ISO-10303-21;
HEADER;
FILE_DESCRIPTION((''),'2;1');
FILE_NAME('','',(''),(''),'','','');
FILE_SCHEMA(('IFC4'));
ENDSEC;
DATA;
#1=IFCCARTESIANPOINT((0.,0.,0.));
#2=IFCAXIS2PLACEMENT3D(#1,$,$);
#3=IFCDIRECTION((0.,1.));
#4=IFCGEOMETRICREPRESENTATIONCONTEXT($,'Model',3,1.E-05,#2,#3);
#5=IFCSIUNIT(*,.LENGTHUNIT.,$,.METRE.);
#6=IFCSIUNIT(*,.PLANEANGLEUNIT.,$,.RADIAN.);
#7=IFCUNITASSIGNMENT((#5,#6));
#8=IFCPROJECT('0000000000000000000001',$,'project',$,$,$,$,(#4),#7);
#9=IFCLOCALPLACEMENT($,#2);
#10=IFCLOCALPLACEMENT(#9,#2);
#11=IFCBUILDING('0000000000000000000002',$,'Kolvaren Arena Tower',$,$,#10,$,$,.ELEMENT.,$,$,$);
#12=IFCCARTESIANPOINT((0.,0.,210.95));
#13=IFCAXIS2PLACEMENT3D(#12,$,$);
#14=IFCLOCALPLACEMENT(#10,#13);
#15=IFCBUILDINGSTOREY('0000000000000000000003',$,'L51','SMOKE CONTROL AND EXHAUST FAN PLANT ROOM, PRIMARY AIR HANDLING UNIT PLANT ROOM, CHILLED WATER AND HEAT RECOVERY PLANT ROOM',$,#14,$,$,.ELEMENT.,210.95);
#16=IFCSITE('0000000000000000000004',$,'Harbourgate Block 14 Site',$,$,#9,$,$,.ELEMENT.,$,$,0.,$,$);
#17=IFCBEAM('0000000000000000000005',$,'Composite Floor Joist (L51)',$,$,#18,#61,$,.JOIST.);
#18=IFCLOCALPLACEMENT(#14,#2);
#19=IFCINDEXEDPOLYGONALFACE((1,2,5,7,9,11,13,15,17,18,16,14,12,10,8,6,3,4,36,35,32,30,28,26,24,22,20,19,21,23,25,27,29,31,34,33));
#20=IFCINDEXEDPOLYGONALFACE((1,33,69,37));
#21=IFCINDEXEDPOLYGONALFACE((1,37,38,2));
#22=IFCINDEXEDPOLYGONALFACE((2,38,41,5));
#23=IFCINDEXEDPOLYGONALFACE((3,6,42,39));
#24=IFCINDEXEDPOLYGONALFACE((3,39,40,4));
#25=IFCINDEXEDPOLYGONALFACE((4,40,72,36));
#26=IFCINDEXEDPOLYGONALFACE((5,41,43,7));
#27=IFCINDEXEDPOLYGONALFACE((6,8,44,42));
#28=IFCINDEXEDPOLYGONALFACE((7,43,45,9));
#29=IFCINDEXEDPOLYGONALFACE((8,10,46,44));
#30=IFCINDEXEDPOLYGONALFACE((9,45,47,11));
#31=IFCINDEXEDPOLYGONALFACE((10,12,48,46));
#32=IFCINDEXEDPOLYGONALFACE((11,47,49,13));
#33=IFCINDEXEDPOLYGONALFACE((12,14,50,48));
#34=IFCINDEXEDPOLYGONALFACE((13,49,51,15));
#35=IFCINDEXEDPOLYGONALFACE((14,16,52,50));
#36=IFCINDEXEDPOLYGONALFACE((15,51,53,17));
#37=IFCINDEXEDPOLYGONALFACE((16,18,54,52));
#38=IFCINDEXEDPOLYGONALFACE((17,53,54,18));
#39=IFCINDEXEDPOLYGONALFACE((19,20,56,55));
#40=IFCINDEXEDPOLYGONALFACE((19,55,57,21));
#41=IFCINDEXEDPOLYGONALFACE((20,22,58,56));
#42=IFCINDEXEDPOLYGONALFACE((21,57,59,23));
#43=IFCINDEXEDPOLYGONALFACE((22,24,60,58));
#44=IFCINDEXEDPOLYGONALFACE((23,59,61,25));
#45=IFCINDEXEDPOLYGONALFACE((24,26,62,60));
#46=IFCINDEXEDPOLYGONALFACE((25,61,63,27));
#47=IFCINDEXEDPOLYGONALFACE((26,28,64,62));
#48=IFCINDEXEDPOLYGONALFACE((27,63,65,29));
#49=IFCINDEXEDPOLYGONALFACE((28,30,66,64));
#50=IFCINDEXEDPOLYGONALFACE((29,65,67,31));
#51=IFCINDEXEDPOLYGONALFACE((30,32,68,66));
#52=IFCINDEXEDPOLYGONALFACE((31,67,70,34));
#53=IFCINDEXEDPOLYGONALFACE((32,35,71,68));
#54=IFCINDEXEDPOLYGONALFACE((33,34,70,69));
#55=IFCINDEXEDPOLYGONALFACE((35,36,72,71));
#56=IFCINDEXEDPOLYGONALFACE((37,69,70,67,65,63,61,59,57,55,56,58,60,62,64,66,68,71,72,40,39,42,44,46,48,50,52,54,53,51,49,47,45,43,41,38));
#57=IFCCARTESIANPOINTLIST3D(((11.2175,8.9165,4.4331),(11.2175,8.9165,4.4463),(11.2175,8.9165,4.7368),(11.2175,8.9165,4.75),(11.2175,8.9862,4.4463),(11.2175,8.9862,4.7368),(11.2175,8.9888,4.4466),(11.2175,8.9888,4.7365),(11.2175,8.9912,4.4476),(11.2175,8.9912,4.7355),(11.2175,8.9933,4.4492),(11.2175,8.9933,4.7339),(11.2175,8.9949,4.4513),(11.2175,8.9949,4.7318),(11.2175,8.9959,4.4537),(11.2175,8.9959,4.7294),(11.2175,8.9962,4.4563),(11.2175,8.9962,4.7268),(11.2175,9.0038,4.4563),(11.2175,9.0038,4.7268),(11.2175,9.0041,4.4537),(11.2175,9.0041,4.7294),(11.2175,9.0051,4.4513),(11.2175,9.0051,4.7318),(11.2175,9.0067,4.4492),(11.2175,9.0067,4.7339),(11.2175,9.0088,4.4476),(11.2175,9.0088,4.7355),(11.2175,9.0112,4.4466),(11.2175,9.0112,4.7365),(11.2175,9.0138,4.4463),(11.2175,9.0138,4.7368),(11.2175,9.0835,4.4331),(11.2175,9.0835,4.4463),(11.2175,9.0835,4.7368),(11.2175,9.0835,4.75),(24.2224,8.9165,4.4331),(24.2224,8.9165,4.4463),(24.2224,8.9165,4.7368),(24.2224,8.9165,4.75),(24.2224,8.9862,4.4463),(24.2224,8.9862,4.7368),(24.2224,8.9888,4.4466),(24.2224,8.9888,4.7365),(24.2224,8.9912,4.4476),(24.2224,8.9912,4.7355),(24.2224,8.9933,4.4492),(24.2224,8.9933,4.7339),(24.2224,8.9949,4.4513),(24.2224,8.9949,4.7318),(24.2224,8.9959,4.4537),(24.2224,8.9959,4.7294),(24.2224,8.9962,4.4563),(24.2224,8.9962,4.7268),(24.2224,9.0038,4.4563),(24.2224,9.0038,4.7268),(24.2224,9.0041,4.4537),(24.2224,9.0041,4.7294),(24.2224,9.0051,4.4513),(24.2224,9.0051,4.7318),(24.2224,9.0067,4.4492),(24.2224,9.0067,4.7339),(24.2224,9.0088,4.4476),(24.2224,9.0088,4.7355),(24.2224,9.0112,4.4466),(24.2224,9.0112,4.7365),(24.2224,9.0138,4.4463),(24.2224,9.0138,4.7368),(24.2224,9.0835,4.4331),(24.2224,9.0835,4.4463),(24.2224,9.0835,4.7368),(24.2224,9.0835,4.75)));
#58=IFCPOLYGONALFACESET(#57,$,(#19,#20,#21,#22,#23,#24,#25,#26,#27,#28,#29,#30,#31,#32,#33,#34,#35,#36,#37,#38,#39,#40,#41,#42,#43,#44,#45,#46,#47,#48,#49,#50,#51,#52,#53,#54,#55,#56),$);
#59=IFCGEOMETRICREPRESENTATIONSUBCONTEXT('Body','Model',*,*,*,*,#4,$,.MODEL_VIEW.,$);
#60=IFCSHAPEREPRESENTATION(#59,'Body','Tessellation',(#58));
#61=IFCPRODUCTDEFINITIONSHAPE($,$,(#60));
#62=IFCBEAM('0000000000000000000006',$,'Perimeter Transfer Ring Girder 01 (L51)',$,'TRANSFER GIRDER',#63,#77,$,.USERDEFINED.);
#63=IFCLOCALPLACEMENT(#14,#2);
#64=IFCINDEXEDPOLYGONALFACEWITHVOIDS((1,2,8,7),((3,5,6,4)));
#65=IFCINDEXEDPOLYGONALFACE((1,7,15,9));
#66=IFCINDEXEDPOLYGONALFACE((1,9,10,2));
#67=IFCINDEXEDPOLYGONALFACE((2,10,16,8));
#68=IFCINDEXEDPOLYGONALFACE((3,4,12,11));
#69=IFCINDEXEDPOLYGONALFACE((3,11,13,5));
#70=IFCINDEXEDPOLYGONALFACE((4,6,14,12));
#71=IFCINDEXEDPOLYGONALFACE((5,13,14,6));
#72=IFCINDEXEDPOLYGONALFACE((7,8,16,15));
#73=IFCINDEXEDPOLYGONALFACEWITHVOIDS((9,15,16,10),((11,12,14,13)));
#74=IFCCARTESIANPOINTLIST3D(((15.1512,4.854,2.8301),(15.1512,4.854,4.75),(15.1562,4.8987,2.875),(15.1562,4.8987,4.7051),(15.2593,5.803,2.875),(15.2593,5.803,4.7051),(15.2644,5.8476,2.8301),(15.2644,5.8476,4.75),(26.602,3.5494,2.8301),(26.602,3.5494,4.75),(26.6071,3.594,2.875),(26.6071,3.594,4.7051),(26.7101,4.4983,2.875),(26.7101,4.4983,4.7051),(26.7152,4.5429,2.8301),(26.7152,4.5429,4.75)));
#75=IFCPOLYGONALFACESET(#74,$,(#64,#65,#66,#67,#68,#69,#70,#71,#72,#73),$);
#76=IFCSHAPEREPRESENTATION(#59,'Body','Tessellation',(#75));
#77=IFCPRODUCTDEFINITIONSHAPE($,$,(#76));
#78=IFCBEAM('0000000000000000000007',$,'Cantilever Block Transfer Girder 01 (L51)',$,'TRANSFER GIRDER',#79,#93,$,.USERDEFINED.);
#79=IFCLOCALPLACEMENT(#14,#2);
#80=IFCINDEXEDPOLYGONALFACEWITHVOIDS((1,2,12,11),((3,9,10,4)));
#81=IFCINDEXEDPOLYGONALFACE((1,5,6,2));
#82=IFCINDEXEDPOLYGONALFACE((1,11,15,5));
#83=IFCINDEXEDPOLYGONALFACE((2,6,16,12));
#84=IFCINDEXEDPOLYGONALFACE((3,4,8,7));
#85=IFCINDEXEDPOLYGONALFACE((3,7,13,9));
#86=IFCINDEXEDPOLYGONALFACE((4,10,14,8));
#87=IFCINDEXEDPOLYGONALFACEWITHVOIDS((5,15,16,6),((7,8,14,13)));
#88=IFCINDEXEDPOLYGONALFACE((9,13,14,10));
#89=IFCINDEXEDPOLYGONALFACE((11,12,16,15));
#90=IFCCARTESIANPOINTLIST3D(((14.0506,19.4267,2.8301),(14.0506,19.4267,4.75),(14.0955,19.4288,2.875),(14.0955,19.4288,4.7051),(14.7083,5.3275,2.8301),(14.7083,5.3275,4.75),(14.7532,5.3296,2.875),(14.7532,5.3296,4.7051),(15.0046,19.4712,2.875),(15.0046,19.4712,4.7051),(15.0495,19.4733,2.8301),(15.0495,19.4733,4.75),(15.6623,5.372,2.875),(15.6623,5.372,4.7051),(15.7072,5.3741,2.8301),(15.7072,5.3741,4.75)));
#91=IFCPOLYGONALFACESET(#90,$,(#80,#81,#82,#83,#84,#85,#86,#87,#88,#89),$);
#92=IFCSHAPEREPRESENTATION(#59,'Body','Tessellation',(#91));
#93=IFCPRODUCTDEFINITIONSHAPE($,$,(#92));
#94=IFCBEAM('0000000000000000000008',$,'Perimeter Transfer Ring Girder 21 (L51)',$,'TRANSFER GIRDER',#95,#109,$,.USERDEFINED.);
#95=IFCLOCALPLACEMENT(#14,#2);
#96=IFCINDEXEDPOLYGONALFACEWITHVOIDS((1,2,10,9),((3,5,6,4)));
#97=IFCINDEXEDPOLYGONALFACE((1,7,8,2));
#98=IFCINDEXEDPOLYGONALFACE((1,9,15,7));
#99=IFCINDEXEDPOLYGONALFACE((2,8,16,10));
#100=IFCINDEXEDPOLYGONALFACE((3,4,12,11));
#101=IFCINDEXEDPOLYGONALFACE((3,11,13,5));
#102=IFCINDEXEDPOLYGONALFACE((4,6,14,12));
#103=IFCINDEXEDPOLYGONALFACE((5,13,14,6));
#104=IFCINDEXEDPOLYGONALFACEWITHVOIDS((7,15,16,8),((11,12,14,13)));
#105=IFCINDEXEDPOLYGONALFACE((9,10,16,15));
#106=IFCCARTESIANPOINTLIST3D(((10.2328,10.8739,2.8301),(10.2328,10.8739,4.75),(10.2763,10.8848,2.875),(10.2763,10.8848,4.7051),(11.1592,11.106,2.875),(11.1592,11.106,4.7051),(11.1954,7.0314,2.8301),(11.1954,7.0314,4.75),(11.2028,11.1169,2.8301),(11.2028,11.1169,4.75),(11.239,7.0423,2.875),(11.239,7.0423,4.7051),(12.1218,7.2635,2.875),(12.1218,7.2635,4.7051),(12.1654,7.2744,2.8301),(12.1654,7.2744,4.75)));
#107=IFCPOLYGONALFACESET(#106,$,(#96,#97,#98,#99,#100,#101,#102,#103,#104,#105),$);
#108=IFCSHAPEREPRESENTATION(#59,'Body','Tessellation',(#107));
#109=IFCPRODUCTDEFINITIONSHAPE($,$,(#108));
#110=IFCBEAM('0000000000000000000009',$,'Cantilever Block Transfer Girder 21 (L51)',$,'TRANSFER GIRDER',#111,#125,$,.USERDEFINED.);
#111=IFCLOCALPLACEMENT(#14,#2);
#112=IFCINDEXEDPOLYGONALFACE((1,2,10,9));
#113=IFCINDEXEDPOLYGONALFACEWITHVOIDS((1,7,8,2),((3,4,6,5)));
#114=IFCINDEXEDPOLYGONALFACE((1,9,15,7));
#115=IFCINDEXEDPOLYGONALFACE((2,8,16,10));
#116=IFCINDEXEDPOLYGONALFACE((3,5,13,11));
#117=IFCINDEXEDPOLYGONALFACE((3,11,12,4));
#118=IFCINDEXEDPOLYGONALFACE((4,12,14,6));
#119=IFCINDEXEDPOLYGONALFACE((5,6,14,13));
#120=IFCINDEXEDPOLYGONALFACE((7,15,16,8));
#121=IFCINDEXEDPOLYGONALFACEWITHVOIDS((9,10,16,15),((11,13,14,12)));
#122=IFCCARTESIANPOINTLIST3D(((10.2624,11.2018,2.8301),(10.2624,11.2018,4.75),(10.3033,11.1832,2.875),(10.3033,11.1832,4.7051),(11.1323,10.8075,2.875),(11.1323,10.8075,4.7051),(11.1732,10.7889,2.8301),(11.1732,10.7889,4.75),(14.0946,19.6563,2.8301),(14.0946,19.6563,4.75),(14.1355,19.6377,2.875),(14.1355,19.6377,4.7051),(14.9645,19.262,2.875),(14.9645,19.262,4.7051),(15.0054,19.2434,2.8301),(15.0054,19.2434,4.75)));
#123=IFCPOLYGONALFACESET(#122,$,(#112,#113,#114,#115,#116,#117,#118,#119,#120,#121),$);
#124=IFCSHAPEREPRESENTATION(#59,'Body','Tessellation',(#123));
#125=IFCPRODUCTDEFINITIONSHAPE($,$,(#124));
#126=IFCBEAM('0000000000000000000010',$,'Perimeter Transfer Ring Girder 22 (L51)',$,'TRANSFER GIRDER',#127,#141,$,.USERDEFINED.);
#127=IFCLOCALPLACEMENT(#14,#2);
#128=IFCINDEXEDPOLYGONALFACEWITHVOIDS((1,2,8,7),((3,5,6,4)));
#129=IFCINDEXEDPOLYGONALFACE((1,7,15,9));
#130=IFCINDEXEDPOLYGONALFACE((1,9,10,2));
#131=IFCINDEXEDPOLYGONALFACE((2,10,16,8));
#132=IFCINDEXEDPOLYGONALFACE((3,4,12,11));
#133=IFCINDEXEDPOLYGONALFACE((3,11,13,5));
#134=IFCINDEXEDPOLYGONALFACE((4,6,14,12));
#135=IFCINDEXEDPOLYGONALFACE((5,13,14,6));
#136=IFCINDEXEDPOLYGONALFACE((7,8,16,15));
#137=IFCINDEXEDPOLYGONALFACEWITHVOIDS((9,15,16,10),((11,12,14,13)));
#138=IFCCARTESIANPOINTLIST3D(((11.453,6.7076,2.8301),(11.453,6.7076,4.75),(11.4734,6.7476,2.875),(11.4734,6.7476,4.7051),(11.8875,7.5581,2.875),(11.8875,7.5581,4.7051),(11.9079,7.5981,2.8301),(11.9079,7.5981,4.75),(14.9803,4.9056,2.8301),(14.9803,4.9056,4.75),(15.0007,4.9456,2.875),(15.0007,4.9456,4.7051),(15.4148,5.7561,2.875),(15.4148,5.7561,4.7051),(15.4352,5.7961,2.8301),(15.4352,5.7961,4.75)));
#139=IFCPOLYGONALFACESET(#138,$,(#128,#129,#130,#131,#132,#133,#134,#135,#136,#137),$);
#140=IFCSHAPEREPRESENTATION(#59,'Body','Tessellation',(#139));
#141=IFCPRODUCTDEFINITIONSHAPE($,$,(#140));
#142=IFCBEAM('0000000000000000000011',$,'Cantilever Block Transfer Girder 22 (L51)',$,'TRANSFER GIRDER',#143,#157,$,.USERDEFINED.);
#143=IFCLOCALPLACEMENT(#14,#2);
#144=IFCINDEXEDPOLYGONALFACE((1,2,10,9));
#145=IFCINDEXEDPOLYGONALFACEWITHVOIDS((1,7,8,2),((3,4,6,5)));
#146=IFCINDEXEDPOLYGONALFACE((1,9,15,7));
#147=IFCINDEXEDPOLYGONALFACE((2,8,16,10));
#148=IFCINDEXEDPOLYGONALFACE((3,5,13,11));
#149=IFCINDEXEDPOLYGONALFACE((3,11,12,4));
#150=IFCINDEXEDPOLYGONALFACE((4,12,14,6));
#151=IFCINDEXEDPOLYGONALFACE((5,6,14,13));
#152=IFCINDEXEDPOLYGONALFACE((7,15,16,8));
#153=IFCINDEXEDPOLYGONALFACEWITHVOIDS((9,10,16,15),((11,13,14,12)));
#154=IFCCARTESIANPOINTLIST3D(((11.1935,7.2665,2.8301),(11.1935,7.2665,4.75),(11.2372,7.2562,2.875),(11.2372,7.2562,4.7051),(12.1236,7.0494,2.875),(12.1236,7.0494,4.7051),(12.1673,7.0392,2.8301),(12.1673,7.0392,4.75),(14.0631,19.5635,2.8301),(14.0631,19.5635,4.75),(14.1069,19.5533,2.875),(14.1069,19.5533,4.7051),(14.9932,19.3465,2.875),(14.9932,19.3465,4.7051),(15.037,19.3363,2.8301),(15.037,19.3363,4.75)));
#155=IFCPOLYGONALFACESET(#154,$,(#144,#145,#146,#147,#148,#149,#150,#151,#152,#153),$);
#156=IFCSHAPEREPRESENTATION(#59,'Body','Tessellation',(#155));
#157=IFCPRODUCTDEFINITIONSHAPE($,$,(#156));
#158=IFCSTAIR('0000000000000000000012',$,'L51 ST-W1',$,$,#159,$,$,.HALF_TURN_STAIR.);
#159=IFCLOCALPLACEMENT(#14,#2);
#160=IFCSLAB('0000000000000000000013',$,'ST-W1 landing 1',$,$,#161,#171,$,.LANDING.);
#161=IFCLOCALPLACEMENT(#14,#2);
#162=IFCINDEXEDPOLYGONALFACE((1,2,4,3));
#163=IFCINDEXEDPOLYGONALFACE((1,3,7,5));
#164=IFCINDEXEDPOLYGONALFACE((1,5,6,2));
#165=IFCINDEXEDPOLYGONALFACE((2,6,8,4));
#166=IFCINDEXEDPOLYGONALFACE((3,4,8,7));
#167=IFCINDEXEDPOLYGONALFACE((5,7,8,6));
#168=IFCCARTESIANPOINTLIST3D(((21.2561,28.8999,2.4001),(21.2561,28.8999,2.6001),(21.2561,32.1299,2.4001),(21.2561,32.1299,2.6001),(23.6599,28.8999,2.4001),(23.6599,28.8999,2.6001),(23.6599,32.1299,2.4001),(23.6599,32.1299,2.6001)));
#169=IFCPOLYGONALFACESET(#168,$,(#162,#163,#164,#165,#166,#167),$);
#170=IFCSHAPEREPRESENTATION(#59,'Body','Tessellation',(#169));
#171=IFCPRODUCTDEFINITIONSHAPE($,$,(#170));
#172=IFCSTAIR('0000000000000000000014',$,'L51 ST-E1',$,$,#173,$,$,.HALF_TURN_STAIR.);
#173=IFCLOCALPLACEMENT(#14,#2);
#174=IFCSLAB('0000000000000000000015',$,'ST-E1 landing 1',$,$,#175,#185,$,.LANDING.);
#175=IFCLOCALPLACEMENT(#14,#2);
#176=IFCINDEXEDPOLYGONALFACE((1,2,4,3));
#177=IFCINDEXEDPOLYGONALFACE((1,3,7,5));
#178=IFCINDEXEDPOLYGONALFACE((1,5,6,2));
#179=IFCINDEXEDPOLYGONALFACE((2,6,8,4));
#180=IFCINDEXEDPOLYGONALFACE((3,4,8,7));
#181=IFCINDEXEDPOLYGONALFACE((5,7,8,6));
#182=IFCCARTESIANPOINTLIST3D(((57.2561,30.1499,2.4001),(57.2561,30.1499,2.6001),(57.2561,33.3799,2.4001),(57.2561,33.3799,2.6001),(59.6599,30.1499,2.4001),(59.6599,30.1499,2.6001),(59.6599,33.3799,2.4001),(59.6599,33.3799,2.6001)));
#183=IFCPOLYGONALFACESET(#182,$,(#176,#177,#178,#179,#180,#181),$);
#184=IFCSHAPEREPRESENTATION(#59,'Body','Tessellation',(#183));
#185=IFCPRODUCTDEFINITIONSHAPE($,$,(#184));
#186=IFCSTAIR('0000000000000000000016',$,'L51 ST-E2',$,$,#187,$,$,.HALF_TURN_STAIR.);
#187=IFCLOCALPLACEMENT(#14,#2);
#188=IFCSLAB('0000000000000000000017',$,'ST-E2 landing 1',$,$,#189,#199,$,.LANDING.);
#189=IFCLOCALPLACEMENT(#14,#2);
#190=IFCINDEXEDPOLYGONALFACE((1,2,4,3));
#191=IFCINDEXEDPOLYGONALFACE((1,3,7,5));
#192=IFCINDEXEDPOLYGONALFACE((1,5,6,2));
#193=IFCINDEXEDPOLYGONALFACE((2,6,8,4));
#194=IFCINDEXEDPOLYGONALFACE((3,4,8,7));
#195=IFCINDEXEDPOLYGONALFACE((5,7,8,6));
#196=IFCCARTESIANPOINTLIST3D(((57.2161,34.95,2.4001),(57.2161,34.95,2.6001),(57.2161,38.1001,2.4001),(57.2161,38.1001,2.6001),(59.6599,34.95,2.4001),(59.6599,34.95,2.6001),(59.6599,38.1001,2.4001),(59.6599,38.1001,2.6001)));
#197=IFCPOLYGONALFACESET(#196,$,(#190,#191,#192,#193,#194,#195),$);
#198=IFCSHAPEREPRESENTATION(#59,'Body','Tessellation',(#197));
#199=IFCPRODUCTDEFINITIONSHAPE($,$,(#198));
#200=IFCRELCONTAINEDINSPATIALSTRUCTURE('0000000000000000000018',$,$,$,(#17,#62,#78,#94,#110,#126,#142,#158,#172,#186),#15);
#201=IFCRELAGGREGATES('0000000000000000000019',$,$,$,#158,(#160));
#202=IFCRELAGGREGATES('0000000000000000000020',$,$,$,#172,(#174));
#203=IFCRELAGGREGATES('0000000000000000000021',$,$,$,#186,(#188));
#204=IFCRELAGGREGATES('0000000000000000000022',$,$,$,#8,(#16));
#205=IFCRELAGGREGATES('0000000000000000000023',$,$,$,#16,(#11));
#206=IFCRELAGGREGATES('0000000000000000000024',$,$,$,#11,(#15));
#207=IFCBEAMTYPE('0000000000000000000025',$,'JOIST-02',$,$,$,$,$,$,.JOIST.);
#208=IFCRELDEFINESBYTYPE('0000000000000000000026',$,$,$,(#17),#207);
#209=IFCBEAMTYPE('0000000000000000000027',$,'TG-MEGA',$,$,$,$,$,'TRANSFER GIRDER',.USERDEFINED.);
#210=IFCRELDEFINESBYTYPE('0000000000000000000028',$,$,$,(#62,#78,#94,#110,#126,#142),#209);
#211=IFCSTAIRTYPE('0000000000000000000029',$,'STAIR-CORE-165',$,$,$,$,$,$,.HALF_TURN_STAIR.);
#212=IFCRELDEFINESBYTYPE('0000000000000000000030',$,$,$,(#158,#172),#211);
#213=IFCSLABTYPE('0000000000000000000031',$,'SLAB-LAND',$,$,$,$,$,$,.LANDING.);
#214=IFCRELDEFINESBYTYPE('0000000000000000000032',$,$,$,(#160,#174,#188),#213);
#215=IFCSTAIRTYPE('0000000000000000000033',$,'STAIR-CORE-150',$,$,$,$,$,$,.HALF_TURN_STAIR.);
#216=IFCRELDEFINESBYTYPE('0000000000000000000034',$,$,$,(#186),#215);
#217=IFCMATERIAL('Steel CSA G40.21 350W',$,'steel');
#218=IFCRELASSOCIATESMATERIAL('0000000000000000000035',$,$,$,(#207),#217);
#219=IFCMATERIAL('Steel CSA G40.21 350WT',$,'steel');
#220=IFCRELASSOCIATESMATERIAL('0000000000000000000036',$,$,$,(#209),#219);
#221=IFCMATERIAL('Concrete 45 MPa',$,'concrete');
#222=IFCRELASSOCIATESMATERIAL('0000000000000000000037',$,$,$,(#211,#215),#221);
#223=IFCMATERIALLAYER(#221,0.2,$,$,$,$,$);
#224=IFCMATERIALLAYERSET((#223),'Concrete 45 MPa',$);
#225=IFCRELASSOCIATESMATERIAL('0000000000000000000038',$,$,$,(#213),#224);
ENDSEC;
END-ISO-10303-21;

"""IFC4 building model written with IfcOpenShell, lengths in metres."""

from ifc_helpers import new_model, si_unit, direction, frame, origin, origin_2d, place, context, subcontext, project, spatial, polyline, hollow_rectangle, i_section, outline, extrude, material, layer, layer_set, material_profile, profile_set, type_object, element, aggregate, save


model = new_model("IFC4")

# Units and contexts
model_context = context("Model", 3, precision=1e-05, world=origin(), true_north=direction((0.0, 1.0)))
body_context = subcontext(model_context, "Body", "Model", "MODEL_VIEW")
ifc_project = project(units=[si_unit("LENGTHUNIT", "METRE"), si_unit("PLANEANGLEUNIT", "RADIAN")], contexts=[model_context])

# Site, building, storey
site_placement = place(None, origin())
site = spatial("IfcSite", under=ifc_project, at=site_placement, Name="Harbourgate Block 14 Site", CompositionType="ELEMENT", RefElevation=0.0)
building_placement = place(site_placement, origin())
building = spatial("IfcBuilding", under=site, at=building_placement, Name="Kolvaren Arena Tower", CompositionType="ELEMENT")
storey_placement = place(building_placement, frame((0.0, 0.0, 210.95)))
storey = spatial("IfcBuildingStorey", under=building, at=storey_placement, Name="L51", Description="SMOKE CONTROL AND EXHAUST FAN PLANT ROOM, PRIMARY AIR HANDLING UNIT PLANT ROOM, CHILLED WATER AND HEAT RECOVERY PLANT ROOM", CompositionType="ELEMENT", Elevation=210.95)

# Beams
ifc_material_1 = material(Name="Steel CSA G40.21 350W", Category="steel")
ifc_material_profile_1 = material_profile(ifc_material_1, i_section(OverallWidth=0.167, OverallDepth=0.3169, WebThickness=0.0076, FlangeThickness=0.0132, FilletRadius=0.01, at=origin_2d()), Name="W310x52")
ifc_profile_set_1 = profile_set([ifc_material_profile_1], Name="Steel CSA G40.21 350W")
beam_type_1 = type_object("IfcBeamType", Name="JOIST-02", PredefinedType="JOIST", material=ifc_profile_set_1)
beam_1_placement = place(storey_placement, frame((11.2175, 9.0, 4.5916), z_axis=(1.0, 0.0, 0.0), x_axis=(0.0, 1.0, 0.0)))
element("IfcBeam", 1, at=beam_1_placement, inside=storey, type_object=beam_type_1, Name="Composite Floor Joist (L51)", PredefinedType="JOIST", context=body_context, shape_type="SweptSolid", body=[
    extrude(i_section(OverallWidth=0.167, OverallDepth=0.3169, WebThickness=0.0076, FlangeThickness=0.0132, FilletRadius=0.01, at=origin_2d()), origin(), (0.0, 0.0, 1.0), 13.0049),
])
ifc_material_2 = material(Name="Steel CSA G40.21 350WT", Category="steel")
ifc_material_profile_2 = material_profile(ifc_material_2, hollow_rectangle(XDim=1.0, YDim=1.9199, WallThickness=0.0449, at=origin_2d()), Name="BOX 1000x1920x45")
ifc_profile_set_2 = profile_set([ifc_material_profile_2], Name="Steel CSA G40.21 350WT")
beam_type_2 = type_object("IfcBeamType", Name="TG-MEGA", ElementType="TRANSFER GIRDER", PredefinedType="USERDEFINED", material=ifc_profile_set_2)
beam_2_placement = place(storey_placement, frame((15.2078, 5.3508, 3.79), z_axis=(0.993572, -0.113205, 0.0), x_axis=(0.113205, 0.993572, 0.0)))
element("IfcBeam", 2, at=beam_2_placement, inside=storey, type_object=beam_type_2, Name="Perimeter Transfer Ring Girder 01 (L51)", ObjectType="TRANSFER GIRDER", PredefinedType="USERDEFINED", context=body_context, shape_type="SweptSolid", body=[
    extrude(hollow_rectangle(XDim=1.0, YDim=1.9199, WallThickness=0.0449, at=origin_2d()), origin(), (0.0, 0.0, 1.0), 11.5249),
])
beam_3_placement = place(storey_placement, frame((15.2078, 5.3508, 3.79), z_axis=(-0.046599, 0.998914, 0.0), x_axis=(-0.998914, -0.046599, 0.0)))
element("IfcBeam", 3, at=beam_3_placement, inside=storey, type_object=beam_type_2, Name="Cantilever Block Transfer Girder 01 (L51)", ObjectType="TRANSFER GIRDER", PredefinedType="USERDEFINED", context=body_context, shape_type="SweptSolid", body=[
    extrude(hollow_rectangle(XDim=1.0, YDim=1.9199, WallThickness=0.0449, at=origin_2d()), origin(), (0.0, 0.0, 1.0), 14.1145),
])
beam_4_placement = place(storey_placement, frame((10.7178, 10.9954, 3.79), z_axis=(0.243014, -0.970023, 0.0), x_axis=(0.970023, 0.243014, 0.0)))
element("IfcBeam", 4, at=beam_4_placement, inside=storey, type_object=beam_type_2, Name="Perimeter Transfer Ring Girder 21 (L51)", ObjectType="TRANSFER GIRDER", PredefinedType="USERDEFINED", context=body_context, shape_type="SweptSolid", body=[
    extrude(hollow_rectangle(XDim=1.0, YDim=1.9199, WallThickness=0.0449, at=origin_2d()), origin(), (0.0, 0.0, 1.0), 3.9612),
])
beam_5_placement = place(storey_placement, frame((10.7178, 10.9954, 3.79), z_axis=(0.412846, 0.910801, 0.0), x_axis=(-0.910801, 0.412846, 0.0)))
element("IfcBeam", 5, at=beam_5_placement, inside=storey, type_object=beam_type_2, Name="Cantilever Block Transfer Girder 21 (L51)", ObjectType="TRANSFER GIRDER", PredefinedType="USERDEFINED", context=body_context, shape_type="SweptSolid", body=[
    extrude(hollow_rectangle(XDim=1.0, YDim=1.9199, WallThickness=0.0449, at=origin_2d()), origin(), (0.0, 0.0, 1.0), 9.2825),
])
beam_6_placement = place(storey_placement, frame((11.6804, 7.1528, 3.79), z_axis=(0.890523, -0.454938, 0.0), x_axis=(0.454938, 0.890523, 0.0)))
element("IfcBeam", 6, at=beam_6_placement, inside=storey, type_object=beam_type_2, Name="Perimeter Transfer Ring Girder 22 (L51)", ObjectType="TRANSFER GIRDER", PredefinedType="USERDEFINED", context=body_context, shape_type="SweptSolid", body=[
    extrude(hollow_rectangle(XDim=1.0, YDim=1.9199, WallThickness=0.0449, at=origin_2d()), origin(), (0.0, 0.0, 1.0), 3.9609),
])
beam_7_placement = place(storey_placement, frame((11.6804, 7.1528, 3.79), z_axis=(0.227252, 0.973836, 0.0), x_axis=(-0.973836, 0.227252, 0.0)))
element("IfcBeam", 7, at=beam_7_placement, inside=storey, type_object=beam_type_2, Name="Cantilever Block Transfer Girder 22 (L51)", ObjectType="TRANSFER GIRDER", PredefinedType="USERDEFINED", context=body_context, shape_type="SweptSolid", body=[
    extrude(hollow_rectangle(XDim=1.0, YDim=1.9199, WallThickness=0.0449, at=origin_2d()), origin(), (0.0, 0.0, 1.0), 12.6274),
])

# Stairs, slabs
ifc_material_3 = material(Name="Concrete 45 MPa", Category="concrete")
stair_type_1 = type_object("IfcStairType", Name="STAIR-CORE-165", PredefinedType="HALF_TURN_STAIR", material=ifc_material_3)
stair_1_placement = place(storey_placement, origin())
stair_1 = element("IfcStair", 8, at=stair_1_placement, inside=storey, type_object=stair_type_1, Name="L51 ST-W1", PredefinedType="HALF_TURN_STAIR")
ifc_layer_1 = layer(ifc_material_3, 0.2)
ifc_layer_set_1 = layer_set([ifc_layer_1], Name="Concrete 45 MPa")
slab_type_1 = type_object("IfcSlabType", Name="SLAB-LAND", PredefinedType="LANDING", material=ifc_layer_set_1)
slab_1_placement = place(storey_placement, frame((0.0, 0.0, 2.4001)))
slab_1 = element("IfcSlab", 9, at=slab_1_placement, type_object=slab_type_1, Name="ST-W1 landing 1", PredefinedType="LANDING", context=body_context, shape_type="SweptSolid", body=[
    extrude(outline(polyline([(21.2561, 28.8999), (23.6599, 28.8999), (23.6599, 32.1299), (21.2561, 32.1299), (21.2561, 28.8999)])), origin(), (0.0, 0.0, 1.0), 0.2),
])
aggregate(stair_1, [slab_1])
stair_2_placement = place(storey_placement, origin())
stair_2 = element("IfcStair", 10, at=stair_2_placement, inside=storey, type_object=stair_type_1, Name="L51 ST-E1", PredefinedType="HALF_TURN_STAIR")
slab_2_placement = place(storey_placement, frame((0.0, 0.0, 2.4001)))
slab_2 = element("IfcSlab", 11, at=slab_2_placement, type_object=slab_type_1, Name="ST-E1 landing 1", PredefinedType="LANDING", context=body_context, shape_type="SweptSolid", body=[
    extrude(outline(polyline([(57.2561, 30.1499), (59.6599, 30.1499), (59.6599, 33.3799), (57.2561, 33.3799), (57.2561, 30.1499)])), origin(), (0.0, 0.0, 1.0), 0.2),
])
aggregate(stair_2, [slab_2])
stair_type_2 = type_object("IfcStairType", Name="STAIR-CORE-150", PredefinedType="HALF_TURN_STAIR", material=ifc_material_3)
stair_3_placement = place(storey_placement, origin())
stair_3 = element("IfcStair", 12, at=stair_3_placement, inside=storey, type_object=stair_type_2, Name="L51 ST-E2", PredefinedType="HALF_TURN_STAIR")
slab_3_placement = place(storey_placement, frame((0.0, 0.0, 2.4001)))
slab_3 = element("IfcSlab", 13, at=slab_3_placement, type_object=slab_type_1, Name="ST-E2 landing 1", PredefinedType="LANDING", context=body_context, shape_type="SweptSolid", body=[
    extrude(outline(polyline([(57.2161, 34.95), (59.6599, 34.95), (59.6599, 38.1001), (57.2161, 38.1001), (57.2161, 34.95)])), origin(), (0.0, 0.0, 1.0), 0.2),
])
aggregate(stair_3, [slab_3])

save(model, "model.ifc")
